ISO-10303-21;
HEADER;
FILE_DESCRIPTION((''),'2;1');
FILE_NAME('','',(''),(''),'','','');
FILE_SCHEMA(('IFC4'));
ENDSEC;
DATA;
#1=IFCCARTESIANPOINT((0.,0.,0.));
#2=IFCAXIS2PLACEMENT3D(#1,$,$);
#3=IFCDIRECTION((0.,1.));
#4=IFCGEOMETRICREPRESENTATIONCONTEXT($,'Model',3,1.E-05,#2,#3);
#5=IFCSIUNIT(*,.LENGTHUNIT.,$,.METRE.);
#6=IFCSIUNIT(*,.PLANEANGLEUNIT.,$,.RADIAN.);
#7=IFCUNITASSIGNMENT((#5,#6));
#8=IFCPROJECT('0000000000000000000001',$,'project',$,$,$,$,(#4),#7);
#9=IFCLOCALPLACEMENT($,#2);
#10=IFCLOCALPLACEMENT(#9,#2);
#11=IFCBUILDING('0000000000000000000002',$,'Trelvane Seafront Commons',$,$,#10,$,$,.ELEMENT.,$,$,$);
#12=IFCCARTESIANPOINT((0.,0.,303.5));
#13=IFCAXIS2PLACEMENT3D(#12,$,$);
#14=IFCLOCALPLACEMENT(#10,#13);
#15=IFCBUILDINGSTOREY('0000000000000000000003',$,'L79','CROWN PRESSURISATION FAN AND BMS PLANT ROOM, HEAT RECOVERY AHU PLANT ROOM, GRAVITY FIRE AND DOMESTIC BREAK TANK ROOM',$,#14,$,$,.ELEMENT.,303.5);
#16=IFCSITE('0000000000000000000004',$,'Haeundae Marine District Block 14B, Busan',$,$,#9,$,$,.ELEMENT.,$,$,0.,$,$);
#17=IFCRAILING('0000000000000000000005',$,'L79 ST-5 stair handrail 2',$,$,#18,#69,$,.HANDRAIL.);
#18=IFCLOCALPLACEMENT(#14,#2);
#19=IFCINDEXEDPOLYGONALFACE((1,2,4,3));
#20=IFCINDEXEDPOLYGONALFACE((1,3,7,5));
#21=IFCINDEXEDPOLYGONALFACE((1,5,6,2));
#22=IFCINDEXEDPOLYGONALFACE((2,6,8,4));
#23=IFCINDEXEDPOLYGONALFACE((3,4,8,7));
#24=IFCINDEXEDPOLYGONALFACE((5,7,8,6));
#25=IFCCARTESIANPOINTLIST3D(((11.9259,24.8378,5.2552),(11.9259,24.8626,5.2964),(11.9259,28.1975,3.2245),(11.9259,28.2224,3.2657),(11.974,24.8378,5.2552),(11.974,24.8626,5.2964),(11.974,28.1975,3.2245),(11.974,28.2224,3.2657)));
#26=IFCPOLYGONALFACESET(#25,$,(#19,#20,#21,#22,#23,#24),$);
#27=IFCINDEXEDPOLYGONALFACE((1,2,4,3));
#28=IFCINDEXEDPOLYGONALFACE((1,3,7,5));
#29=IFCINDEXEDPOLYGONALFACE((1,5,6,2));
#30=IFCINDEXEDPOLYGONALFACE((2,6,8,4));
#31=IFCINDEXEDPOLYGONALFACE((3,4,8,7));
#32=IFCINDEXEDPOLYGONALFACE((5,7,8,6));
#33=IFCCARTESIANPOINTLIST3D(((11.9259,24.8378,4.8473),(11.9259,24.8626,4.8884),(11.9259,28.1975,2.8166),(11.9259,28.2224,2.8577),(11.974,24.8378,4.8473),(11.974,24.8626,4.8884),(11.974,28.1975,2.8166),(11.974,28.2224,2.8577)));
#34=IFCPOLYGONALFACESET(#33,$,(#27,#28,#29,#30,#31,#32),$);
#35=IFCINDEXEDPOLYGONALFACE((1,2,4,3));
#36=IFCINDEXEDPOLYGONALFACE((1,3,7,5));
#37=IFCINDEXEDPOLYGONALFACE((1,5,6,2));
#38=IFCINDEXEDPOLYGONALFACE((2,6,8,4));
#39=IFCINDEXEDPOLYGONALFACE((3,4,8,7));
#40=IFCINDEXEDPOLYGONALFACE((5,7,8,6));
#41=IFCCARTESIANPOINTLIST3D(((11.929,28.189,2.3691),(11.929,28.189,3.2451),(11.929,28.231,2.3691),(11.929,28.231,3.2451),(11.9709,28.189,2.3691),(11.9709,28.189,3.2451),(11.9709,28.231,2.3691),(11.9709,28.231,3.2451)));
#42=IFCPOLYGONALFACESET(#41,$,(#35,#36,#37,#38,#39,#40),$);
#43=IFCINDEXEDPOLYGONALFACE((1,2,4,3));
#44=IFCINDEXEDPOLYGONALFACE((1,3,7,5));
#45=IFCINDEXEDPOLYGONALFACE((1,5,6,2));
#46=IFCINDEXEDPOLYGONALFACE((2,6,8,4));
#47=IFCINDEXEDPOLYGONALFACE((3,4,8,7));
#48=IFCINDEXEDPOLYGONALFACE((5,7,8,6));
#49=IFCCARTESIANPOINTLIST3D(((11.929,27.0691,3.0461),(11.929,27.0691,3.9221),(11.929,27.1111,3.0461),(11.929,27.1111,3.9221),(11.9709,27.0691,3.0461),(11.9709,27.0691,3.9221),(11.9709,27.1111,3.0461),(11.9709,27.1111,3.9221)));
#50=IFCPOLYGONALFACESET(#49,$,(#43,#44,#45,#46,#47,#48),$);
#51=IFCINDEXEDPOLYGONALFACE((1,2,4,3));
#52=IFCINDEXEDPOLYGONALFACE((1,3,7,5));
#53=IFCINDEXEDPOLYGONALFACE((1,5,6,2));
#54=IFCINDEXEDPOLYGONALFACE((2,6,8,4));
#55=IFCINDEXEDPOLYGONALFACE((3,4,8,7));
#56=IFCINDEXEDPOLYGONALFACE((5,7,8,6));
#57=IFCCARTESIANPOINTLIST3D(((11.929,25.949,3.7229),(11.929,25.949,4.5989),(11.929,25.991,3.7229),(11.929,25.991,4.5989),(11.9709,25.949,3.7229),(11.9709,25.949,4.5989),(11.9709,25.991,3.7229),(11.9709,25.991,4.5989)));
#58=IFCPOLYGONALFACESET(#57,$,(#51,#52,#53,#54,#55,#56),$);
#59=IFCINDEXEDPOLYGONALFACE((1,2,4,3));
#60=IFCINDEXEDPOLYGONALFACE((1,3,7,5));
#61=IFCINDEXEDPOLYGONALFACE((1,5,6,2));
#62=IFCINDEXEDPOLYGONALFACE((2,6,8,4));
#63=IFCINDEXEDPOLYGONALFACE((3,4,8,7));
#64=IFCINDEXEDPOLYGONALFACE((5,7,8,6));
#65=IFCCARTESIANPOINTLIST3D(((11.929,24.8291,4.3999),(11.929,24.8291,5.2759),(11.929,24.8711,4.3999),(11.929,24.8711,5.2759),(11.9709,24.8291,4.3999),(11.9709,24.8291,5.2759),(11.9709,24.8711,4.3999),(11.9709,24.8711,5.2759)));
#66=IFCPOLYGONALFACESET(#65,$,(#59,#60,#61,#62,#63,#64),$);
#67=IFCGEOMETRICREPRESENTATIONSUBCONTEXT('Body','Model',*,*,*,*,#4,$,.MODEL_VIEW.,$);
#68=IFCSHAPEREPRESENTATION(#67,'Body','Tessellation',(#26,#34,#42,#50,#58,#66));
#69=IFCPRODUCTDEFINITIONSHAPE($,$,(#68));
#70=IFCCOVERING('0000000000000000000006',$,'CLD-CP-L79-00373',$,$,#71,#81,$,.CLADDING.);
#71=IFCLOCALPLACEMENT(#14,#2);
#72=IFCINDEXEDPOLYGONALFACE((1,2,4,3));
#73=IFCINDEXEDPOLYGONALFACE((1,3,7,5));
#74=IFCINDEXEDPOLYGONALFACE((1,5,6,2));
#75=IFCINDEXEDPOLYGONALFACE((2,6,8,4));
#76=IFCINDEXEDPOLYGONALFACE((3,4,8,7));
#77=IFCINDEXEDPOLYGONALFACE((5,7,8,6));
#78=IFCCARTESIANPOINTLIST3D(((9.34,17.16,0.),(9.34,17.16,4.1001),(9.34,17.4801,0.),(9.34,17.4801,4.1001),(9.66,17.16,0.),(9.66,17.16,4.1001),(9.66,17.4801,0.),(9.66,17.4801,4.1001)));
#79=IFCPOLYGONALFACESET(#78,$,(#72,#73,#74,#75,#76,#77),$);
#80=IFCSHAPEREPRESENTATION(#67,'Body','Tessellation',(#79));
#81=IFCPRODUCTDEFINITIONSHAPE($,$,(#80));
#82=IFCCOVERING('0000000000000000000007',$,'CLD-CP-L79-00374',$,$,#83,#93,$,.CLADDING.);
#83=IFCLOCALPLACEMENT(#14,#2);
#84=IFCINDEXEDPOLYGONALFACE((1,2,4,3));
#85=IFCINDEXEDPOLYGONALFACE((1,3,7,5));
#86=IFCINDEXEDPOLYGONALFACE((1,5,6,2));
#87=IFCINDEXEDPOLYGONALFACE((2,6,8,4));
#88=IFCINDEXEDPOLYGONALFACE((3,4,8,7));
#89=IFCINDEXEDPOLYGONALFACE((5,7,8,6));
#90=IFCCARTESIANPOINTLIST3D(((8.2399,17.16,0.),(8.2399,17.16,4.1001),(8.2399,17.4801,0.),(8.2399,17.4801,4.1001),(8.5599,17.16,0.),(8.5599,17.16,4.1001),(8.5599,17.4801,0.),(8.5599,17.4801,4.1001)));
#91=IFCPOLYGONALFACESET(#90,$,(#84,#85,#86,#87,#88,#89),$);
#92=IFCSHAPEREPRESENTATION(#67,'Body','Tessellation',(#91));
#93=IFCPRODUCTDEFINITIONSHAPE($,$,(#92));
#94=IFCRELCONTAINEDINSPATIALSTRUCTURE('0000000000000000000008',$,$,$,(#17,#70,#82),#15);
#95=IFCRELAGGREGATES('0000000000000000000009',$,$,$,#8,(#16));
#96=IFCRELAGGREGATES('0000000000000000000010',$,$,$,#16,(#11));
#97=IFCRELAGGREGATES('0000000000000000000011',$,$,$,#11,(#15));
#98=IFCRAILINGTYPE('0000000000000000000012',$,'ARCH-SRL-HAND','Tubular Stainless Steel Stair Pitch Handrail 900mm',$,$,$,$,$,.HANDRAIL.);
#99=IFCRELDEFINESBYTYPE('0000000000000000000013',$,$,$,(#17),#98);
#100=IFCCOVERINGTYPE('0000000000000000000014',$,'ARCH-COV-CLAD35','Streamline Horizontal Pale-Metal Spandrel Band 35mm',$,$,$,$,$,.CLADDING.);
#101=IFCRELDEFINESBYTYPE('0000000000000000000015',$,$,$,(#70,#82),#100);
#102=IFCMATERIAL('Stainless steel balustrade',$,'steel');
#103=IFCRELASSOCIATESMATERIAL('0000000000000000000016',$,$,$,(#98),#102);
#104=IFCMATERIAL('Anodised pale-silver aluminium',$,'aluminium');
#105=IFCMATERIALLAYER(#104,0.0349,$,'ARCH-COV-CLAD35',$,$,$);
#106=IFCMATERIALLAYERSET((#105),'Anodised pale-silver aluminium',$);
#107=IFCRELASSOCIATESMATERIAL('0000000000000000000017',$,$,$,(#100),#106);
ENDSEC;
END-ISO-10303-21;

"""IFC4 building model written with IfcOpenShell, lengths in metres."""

from ifc_helpers import new_model, si_unit, direction, frame, origin, origin_2d, place, context, subcontext, project, spatial, rectangle, extrude, source, transform, mapped, material, layer, layer_set, type_object, element, save


model = new_model("IFC4")

# Units and contexts
model_context = context("Model", 3, precision=1e-05, world=origin(), true_north=direction((0.0, 1.0)))
body_context = subcontext(model_context, "Body", "Model", "MODEL_VIEW")
ifc_project = project(units=[si_unit("LENGTHUNIT", "METRE"), si_unit("PLANEANGLEUNIT", "RADIAN")], contexts=[model_context])

# Site, building, storey
site_placement = place(None, origin())
site = spatial("IfcSite", under=ifc_project, at=site_placement, Name="Haeundae Marine District Block 14B, Busan", CompositionType="ELEMENT", RefElevation=0.0)
building_placement = place(site_placement, origin())
building = spatial("IfcBuilding", under=site, at=building_placement, Name="Trelvane Seafront Commons", CompositionType="ELEMENT")
storey_placement = place(building_placement, frame((0.0, 0.0, 303.5)))
storey = spatial("IfcBuildingStorey", under=building, at=storey_placement, Name="L79", Description="CROWN PRESSURISATION FAN AND BMS PLANT ROOM, HEAT RECOVERY AHU PLANT ROOM, GRAVITY FIRE AND DOMESTIC BREAK TANK ROOM", CompositionType="ELEMENT", Elevation=303.5)

# Shared definitions
ifc_material_1 = material(Name="Anodised pale-silver aluminium", Category="aluminium")

# Railing
ifc_material_2 = material(Name="Stainless steel balustrade", Category="steel")
railing_type_1 = type_object("IfcRailingType", Name="ARCH-SRL-HAND", Description="Tubular Stainless Steel Stair Pitch Handrail 900mm", PredefinedType="HANDRAIL", material=ifc_material_2)
railing_1_placement = place(storey_placement, frame((11.95, 28.21, 2.3691)))
element("IfcRailing", 1, at=railing_1_placement, inside=storey, type_object=railing_type_1, Name="L79 ST-5 stair handrail 2", PredefinedType="HANDRAIL", context=body_context, shape_type="SweptSolid", body=[
    extrude(rectangle(XDim=0.0481, YDim=0.0481, at=origin_2d()), frame((0.0, 0.0, 0.876), z_axis=(0.0, -0.85582, 0.517273), x_axis=(1.0, 0.0, 0.0)), (0.0, 0.0, 1.0), 3.9258),
    extrude(rectangle(XDim=0.0481, YDim=0.0481, at=origin_2d()), frame((0.0, 0.0, 0.468), z_axis=(0.0, -0.85582, 0.517273), x_axis=(1.0, 0.0, 0.0)), (0.0, 0.0, 1.0), 3.9258),
    extrude(rectangle(XDim=0.042, YDim=0.042, at=origin_2d()), origin(), (0.0, 0.0, 1.0), 0.876),
    extrude(rectangle(XDim=0.042, YDim=0.042, at=origin_2d()), frame((0.0, -1.1199, 0.677)), (0.0, 0.0, 1.0), 0.876),
    extrude(rectangle(XDim=0.042, YDim=0.042, at=origin_2d()), frame((0.0, -2.24, 1.3538)), (0.0, 0.0, 1.0), 0.876),
    extrude(rectangle(XDim=0.042, YDim=0.042, at=origin_2d()), frame((0.0, -3.3599, 2.0308)), (0.0, 0.0, 1.0), 0.876),
])

# Coverings
ifc_layer_1 = layer(ifc_material_1, 0.0349, Name="ARCH-COV-CLAD35")
ifc_layer_set_1 = layer_set([ifc_layer_1], Name="Anodised pale-silver aluminium")
covering_type = type_object("IfcCoveringType", Name="ARCH-COV-CLAD35", Description="Streamline Horizontal Pale-Metal Spandrel Band 35mm", PredefinedType="CLADDING", material=ifc_layer_set_1)
shared_shape_1 = source(origin(), body_context, "Body", "SweptSolid", [
    extrude(rectangle(XDim=0.3201, YDim=0.3201, at=origin_2d()), origin(), (0.0, 0.0, 1.0), 4.1001),
])
for number, where, z_axis, x_axis, name in (
    (2, (9.5, 17.3201, 0.0), (0.0, 0.0, 1.0), (1.0, 0.0, 0.0), "CLD-CP-L79-00373"),
    (3, (8.3999, 17.3201, 0.0), (0.0, 0.0, 1.0), (1.0, 0.0, 0.0), "CLD-CP-L79-00374"),
):
    element("IfcCovering", number, at=place(storey_placement, frame(where, z_axis=z_axis, x_axis=x_axis)), inside=storey, type_object=covering_type, Name=name, PredefinedType="CLADDING", context=body_context, shape_type="MappedRepresentation", body=[
        mapped(shared_shape_1, transform((0.0, 0.0, 0.0), x_axis=(1.0, 0.0, 0.0), y_axis=(0.0, 1.0, 0.0), z_axis=(0.0, 0.0, 1.0), scale=1.0)),
    ])

save(model, "model.ifc")
